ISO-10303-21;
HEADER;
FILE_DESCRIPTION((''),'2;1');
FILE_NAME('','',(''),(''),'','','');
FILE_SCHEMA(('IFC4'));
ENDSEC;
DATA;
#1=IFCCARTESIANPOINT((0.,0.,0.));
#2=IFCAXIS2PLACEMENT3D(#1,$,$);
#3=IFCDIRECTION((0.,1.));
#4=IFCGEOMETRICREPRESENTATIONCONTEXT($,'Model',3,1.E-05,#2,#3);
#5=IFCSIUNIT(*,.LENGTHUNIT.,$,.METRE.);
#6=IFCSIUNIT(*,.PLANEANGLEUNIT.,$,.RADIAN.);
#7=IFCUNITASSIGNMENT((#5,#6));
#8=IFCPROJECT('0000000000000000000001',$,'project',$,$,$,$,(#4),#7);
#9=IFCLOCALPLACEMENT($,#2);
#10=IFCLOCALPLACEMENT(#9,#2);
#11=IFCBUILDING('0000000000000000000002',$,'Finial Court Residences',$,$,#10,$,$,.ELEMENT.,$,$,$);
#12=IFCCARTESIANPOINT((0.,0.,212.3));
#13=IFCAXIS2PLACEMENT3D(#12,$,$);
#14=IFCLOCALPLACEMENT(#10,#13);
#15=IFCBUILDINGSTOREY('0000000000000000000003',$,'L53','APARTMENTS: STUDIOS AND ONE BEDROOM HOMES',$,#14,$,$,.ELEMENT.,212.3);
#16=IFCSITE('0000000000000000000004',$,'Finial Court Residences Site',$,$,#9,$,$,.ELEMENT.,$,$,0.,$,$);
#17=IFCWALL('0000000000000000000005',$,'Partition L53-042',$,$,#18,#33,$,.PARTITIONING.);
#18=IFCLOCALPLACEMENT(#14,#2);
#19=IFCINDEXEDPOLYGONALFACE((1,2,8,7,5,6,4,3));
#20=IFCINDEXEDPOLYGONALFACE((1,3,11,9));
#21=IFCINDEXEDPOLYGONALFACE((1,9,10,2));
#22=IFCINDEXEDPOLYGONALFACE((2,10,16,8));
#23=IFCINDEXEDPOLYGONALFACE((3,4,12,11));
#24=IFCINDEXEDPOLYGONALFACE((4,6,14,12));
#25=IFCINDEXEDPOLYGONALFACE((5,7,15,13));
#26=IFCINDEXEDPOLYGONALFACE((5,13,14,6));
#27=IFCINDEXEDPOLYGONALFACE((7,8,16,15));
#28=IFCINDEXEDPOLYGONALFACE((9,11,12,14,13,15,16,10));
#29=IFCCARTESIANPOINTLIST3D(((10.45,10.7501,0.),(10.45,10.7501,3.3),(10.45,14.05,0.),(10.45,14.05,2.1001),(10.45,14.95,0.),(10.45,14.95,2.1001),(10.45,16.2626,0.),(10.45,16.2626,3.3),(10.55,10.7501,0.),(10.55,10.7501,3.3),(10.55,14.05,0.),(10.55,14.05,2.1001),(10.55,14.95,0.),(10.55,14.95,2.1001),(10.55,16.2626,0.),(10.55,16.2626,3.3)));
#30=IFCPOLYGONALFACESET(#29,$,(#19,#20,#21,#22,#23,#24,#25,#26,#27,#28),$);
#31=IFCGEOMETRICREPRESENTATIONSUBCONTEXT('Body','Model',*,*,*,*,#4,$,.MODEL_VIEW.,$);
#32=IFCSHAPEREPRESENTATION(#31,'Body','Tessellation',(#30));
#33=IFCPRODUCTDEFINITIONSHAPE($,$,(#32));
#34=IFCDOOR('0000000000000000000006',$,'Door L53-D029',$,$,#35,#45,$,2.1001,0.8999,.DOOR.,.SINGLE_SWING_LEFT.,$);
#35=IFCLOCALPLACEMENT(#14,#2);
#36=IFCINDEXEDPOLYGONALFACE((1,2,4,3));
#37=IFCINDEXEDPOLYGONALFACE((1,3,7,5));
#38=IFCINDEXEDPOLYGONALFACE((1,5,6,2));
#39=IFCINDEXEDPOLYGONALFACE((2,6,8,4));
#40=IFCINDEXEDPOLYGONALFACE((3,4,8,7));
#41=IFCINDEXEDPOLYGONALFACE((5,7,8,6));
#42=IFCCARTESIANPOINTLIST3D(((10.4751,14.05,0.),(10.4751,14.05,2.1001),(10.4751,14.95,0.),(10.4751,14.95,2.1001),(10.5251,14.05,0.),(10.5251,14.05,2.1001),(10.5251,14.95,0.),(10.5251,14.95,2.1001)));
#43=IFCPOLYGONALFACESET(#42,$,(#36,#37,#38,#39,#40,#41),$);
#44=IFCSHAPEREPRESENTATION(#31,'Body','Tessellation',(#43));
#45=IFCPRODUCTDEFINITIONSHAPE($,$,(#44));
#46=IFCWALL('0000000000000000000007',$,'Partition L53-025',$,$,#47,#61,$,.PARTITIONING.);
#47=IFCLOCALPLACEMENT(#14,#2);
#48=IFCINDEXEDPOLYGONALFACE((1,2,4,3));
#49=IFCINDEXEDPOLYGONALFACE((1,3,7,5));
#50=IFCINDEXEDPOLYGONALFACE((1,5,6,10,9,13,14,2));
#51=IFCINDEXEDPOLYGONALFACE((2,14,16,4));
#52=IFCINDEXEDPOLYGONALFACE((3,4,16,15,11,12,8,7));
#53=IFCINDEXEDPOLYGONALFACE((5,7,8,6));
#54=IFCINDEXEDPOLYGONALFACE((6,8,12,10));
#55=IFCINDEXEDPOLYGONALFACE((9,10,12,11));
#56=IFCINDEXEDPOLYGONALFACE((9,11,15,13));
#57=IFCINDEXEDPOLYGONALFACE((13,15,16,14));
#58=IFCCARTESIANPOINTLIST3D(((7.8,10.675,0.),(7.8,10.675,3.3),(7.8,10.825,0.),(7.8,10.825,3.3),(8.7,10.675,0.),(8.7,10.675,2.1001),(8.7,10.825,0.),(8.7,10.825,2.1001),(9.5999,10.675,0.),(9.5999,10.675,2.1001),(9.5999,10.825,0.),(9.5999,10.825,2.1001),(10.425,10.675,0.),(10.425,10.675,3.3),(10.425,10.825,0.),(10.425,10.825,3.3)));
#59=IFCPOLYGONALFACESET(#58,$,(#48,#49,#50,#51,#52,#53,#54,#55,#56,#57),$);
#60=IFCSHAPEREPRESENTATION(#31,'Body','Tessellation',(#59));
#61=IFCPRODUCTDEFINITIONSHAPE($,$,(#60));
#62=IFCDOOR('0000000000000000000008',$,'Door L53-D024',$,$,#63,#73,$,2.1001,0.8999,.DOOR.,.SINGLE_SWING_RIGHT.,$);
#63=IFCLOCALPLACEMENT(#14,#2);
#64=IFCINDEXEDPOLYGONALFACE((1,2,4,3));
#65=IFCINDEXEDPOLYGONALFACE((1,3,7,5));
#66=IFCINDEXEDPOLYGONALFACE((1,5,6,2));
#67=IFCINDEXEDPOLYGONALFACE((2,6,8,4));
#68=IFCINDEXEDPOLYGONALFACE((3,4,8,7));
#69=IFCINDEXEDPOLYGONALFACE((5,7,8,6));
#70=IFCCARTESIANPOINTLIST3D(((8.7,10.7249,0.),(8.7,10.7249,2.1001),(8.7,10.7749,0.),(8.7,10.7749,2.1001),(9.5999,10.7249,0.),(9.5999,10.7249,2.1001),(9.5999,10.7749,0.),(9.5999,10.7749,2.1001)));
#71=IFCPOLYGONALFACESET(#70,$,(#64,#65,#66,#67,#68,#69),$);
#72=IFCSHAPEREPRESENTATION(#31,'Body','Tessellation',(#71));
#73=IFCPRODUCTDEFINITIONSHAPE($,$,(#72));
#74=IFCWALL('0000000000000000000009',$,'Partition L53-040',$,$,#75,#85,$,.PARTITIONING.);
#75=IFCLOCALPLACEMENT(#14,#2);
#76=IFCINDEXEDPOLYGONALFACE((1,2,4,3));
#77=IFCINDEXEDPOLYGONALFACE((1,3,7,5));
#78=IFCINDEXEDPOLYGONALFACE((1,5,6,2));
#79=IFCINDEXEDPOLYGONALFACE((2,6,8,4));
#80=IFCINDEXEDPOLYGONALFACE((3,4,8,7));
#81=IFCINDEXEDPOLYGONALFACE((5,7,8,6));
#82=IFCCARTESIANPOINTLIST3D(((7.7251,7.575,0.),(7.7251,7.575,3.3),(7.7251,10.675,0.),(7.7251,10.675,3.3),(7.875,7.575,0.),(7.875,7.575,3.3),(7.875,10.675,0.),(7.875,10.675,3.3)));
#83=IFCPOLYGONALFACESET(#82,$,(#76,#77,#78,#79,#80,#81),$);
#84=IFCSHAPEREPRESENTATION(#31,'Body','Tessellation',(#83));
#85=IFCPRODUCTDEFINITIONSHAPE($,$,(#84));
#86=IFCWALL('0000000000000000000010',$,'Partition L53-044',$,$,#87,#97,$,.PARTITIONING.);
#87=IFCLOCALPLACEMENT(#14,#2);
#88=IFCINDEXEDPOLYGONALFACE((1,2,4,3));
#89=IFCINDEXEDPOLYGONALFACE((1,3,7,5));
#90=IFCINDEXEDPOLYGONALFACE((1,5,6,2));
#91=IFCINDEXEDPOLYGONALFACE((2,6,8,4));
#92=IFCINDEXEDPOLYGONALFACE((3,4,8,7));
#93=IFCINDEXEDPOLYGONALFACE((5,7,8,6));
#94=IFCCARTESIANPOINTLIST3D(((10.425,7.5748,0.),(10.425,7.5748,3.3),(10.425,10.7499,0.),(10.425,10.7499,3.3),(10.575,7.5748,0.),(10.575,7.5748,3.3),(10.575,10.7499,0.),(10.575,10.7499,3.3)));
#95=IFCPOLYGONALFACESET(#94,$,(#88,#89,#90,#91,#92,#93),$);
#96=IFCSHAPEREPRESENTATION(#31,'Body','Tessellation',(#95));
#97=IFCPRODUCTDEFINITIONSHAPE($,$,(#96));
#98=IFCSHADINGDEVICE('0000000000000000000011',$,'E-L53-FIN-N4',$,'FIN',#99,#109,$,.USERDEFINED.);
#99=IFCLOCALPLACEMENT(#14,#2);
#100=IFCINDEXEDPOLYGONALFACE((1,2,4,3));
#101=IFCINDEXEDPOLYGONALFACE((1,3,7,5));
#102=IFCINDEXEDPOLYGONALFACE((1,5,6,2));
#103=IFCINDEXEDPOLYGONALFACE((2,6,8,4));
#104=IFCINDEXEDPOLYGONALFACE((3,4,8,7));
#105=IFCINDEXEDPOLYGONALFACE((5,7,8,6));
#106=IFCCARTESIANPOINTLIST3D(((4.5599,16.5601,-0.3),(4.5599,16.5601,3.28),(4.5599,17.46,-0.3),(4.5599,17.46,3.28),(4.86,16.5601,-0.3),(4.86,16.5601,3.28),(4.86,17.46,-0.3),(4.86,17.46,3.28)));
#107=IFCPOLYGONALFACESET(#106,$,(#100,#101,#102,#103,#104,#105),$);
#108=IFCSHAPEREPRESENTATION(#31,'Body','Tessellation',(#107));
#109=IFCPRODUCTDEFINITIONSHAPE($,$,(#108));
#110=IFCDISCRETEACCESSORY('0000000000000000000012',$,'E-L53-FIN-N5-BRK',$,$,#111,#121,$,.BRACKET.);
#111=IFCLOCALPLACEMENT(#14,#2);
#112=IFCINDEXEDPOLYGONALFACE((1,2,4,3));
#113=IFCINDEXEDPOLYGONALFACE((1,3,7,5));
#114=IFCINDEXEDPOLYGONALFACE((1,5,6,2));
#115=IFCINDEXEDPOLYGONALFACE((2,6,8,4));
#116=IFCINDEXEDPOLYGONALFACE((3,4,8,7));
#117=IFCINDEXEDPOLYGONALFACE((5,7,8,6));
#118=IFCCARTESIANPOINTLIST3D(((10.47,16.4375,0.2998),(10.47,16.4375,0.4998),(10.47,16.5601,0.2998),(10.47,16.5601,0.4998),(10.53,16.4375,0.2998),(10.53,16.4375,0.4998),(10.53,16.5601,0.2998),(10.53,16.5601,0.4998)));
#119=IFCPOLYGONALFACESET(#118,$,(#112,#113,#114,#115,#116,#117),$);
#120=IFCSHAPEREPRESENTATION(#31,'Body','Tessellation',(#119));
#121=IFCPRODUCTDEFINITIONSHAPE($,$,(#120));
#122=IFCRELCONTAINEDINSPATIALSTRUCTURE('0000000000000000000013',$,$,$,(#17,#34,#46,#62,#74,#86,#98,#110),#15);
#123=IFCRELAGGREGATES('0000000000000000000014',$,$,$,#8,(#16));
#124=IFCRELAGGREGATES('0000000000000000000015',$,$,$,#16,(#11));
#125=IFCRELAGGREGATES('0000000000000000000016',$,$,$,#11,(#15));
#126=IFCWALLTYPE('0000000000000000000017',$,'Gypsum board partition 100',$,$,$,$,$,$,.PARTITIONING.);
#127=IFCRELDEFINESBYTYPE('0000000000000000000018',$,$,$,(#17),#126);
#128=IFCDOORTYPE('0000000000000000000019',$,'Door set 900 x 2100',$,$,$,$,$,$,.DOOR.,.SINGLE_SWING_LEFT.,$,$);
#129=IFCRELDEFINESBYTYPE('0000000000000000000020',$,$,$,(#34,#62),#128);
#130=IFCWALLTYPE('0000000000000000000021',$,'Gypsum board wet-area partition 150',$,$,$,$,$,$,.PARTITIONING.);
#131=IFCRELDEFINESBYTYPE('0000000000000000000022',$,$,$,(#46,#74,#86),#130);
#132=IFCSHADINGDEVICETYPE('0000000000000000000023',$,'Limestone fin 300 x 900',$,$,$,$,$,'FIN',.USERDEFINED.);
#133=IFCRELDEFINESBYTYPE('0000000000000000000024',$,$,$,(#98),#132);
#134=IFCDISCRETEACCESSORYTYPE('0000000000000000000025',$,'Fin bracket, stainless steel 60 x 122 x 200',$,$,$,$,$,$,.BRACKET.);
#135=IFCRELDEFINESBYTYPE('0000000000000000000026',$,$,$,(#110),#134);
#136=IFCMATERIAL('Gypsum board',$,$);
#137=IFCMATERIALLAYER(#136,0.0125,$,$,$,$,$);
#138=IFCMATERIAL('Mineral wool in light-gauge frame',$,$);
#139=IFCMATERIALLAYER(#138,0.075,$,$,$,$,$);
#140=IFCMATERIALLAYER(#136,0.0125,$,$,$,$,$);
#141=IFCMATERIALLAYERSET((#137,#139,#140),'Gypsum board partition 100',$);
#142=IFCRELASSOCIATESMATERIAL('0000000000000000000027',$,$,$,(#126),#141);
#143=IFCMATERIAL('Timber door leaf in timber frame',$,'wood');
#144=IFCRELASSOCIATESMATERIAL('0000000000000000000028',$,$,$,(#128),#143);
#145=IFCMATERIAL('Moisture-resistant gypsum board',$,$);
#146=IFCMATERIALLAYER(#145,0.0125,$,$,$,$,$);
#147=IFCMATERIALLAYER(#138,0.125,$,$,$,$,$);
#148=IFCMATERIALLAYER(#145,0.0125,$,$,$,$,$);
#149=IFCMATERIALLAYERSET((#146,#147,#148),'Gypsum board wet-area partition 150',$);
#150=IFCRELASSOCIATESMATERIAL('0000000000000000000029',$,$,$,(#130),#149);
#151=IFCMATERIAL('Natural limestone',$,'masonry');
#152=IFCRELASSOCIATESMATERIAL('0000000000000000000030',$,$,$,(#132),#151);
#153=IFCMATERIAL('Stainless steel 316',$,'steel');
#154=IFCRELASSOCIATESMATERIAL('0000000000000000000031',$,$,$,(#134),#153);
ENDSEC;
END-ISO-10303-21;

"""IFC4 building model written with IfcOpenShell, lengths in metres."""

from ifc_helpers import new_model, si_unit, direction, frame, frame_2d, origin, origin_2d, place, context, subcontext, project, spatial, rectangle, extrude, material, layer, layer_set, type_object, element, fill, save


model = new_model("IFC4")

# Units and contexts
model_context = context("Model", 3, precision=1e-05, world=origin(), true_north=direction((0.0, 1.0)))
body_context = subcontext(model_context, "Body", "Model", "MODEL_VIEW")
ifc_project = project(units=[si_unit("LENGTHUNIT", "METRE"), si_unit("PLANEANGLEUNIT", "RADIAN")], contexts=[model_context])

# Site, building, storey
site_placement = place(None, origin())
site = spatial("IfcSite", under=ifc_project, at=site_placement, Name="Finial Court Residences Site", CompositionType="ELEMENT", RefElevation=0.0)
building_placement = place(site_placement, origin())
building = spatial("IfcBuilding", under=site, at=building_placement, Name="Finial Court Residences", CompositionType="ELEMENT")
storey_placement = place(building_placement, frame((0.0, 0.0, 212.3)))
storey = spatial("IfcBuildingStorey", under=building, at=storey_placement, Name="L53", Description="APARTMENTS: STUDIOS AND ONE BEDROOM HOMES", CompositionType="ELEMENT", Elevation=212.3)

# Walls, openings, doors
ifc_material_1 = material(Name="Gypsum board")
ifc_layer_1 = layer(ifc_material_1, 0.0125)
ifc_material_2 = material(Name="Mineral wool in light-gauge frame")
ifc_layer_2 = layer(ifc_material_2, 0.075)
ifc_layer_3 = layer(ifc_material_1, 0.0125)
ifc_layer_set_1 = layer_set([ifc_layer_1, ifc_layer_2, ifc_layer_3], Name="Gypsum board partition 100")
wall_type_1 = type_object("IfcWallType", Name="Gypsum board partition 100", PredefinedType="PARTITIONING", material=ifc_layer_set_1)
ifc_material_3 = material(Name="Timber door leaf in timber frame", Category="wood")
door_type = type_object("IfcDoorType", Name="Door set 900 x 2100", OperationType="SINGLE_SWING_LEFT", PredefinedType="DOOR", material=ifc_material_3)
wall_1_placement = place(storey_placement, frame((10.5, 10.75, 0.0), z_axis=(0.0, 0.0, 1.0), x_axis=(0.0, 1.0, 0.0)))
wall_1 = element("IfcWall", 1, at=wall_1_placement, inside=storey, type_object=wall_type_1, Name="Partition L53-042", PredefinedType="PARTITIONING", context=body_context, shape_type="SweptSolid", body=[
    extrude(rectangle(XDim=5.5125, YDim=0.1001, at=frame_2d((2.7563, 0.0))), origin(), (0.0, 0.0, 1.0), 3.3),
])
opening_1_placement = place(wall_1_placement, frame((3.3, 0.0, 0.0)))
opening_1 = element("IfcOpeningElement", 2, at=opening_1_placement, cuts=wall_1, PredefinedType="OPENING", context=body_context, shape_type="SweptSolid", body=[
    extrude(rectangle(XDim=0.8999, YDim=2.1001, at=frame_2d((0.45, 1.05))), frame((0.0, 0.0601, 0.0), z_axis=(0.0, -1.0, 0.0), x_axis=(1.0, 0.0, 0.0)), (0.0, 0.0, 1.0), 0.1201),
])
door_1_placement = place(opening_1_placement, origin())
door_1 = element("IfcDoor", 3, at=door_1_placement, inside=storey, type_object=door_type, Name="Door L53-D029", OperationType="SINGLE_SWING_LEFT", OverallHeight=2.1001, OverallWidth=0.8999, PredefinedType="DOOR", context=body_context, shape_type="SweptSolid", body=[
    extrude(rectangle(XDim=0.8999, YDim=2.1001, at=frame_2d((0.45, 1.05))), frame((0.0, 0.0249, 0.0), z_axis=(0.0, -1.0, 0.0), x_axis=(1.0, 0.0, 0.0)), (0.0, 0.0, 1.0), 0.05),
])
fill(opening_1, door_1)
ifc_material_4 = material(Name="Moisture-resistant gypsum board")
ifc_layer_4 = layer(ifc_material_4, 0.0125)
ifc_layer_5 = layer(ifc_material_2, 0.125)
ifc_layer_6 = layer(ifc_material_4, 0.0125)
ifc_layer_set_2 = layer_set([ifc_layer_4, ifc_layer_5, ifc_layer_6], Name="Gypsum board wet-area partition 150")
wall_type_2 = type_object("IfcWallType", Name="Gypsum board wet-area partition 150", PredefinedType="PARTITIONING", material=ifc_layer_set_2)
wall_2_placement = place(storey_placement, frame((7.8, 10.75, 0.0), z_axis=(0.0, 0.0, 1.0), x_axis=(1.0, 0.0, 0.0)))
wall_2 = element("IfcWall", 4, at=wall_2_placement, inside=storey, type_object=wall_type_2, Name="Partition L53-025", PredefinedType="PARTITIONING", context=body_context, shape_type="SweptSolid", body=[
    extrude(rectangle(XDim=2.625, YDim=0.1499, at=frame_2d((1.3125, 0.0))), origin(), (0.0, 0.0, 1.0), 3.3),
])
opening_2_placement = place(wall_2_placement, frame((0.8999, 0.0, 0.0)))
opening_2 = element("IfcOpeningElement", 5, at=opening_2_placement, cuts=wall_2, PredefinedType="OPENING", context=body_context, shape_type="SweptSolid", body=[
    extrude(rectangle(XDim=0.8999, YDim=2.1001, at=frame_2d((0.45, 1.05))), frame((0.0, 0.085, 0.0), z_axis=(0.0, -1.0, 0.0), x_axis=(1.0, 0.0, 0.0)), (0.0, 0.0, 1.0), 0.1699),
])
door_2_placement = place(opening_2_placement, origin())
door_2 = element("IfcDoor", 6, at=door_2_placement, inside=storey, type_object=door_type, Name="Door L53-D024", OperationType="SINGLE_SWING_RIGHT", OverallHeight=2.1001, OverallWidth=0.8999, PredefinedType="DOOR", context=body_context, shape_type="SweptSolid", body=[
    extrude(rectangle(XDim=0.8999, YDim=2.1001, at=frame_2d((0.45, 1.05))), frame((0.0, 0.0249, 0.0), z_axis=(0.0, -1.0, 0.0), x_axis=(1.0, 0.0, 0.0)), (0.0, 0.0, 1.0), 0.05),
])
fill(opening_2, door_2)

# Walls
wall_3_placement = place(storey_placement, frame((7.8, 7.575, 0.0), z_axis=(0.0, 0.0, 1.0), x_axis=(0.0, 1.0, 0.0)))
element("IfcWall", 7, at=wall_3_placement, inside=storey, type_object=wall_type_2, Name="Partition L53-040", PredefinedType="PARTITIONING", context=body_context, shape_type="SweptSolid", body=[
    extrude(rectangle(XDim=3.1001, YDim=0.1499, at=frame_2d((1.55, 0.0))), origin(), (0.0, 0.0, 1.0), 3.3),
])
wall_4_placement = place(storey_placement, frame((10.5, 7.575, 0.0), z_axis=(0.0, 0.0, 1.0), x_axis=(0.0, 1.0, 0.0)))
element("IfcWall", 8, at=wall_4_placement, inside=storey, type_object=wall_type_2, Name="Partition L53-044", PredefinedType="PARTITIONING", context=body_context, shape_type="SweptSolid", body=[
    extrude(rectangle(XDim=3.175, YDim=0.1499, at=frame_2d((1.5874, 0.0))), origin(), (0.0, 0.0, 1.0), 3.3),
])

# Shading device
ifc_material_5 = material(Name="Natural limestone", Category="masonry")
shading_device_type = type_object("IfcShadingDeviceType", Name="Limestone fin 300 x 900", ElementType="FIN", PredefinedType="USERDEFINED", material=ifc_material_5)
shading_device_placement = place(storey_placement, frame((4.71, 17.01, -0.3), z_axis=(0.0, 0.0, 1.0), x_axis=(1.0, 0.0, 0.0)))
element("IfcShadingDevice", 9, at=shading_device_placement, inside=storey, type_object=shading_device_type, Name="E-L53-FIN-N4", ObjectType="FIN", PredefinedType="USERDEFINED", context=body_context, shape_type="SweptSolid", body=[
    extrude(rectangle(XDim=0.3, YDim=0.8999, at=origin_2d()), origin(), (0.0, 0.0, 1.0), 3.5801),
])

# Discrete accessory
ifc_material_6 = material(Name="Stainless steel 316", Category="steel")
discrete_accessory_type = type_object("IfcDiscreteAccessoryType", Name="Fin bracket, stainless steel 60 x 122 x 200", PredefinedType="BRACKET", material=ifc_material_6)
discrete_accessory_placement = place(storey_placement, frame((10.5, 16.4988, 0.2998), z_axis=(0.0, 0.0, 1.0), x_axis=(1.0, 0.0, 0.0)))
element("IfcDiscreteAccessory", 10, at=discrete_accessory_placement, inside=storey, type_object=discrete_accessory_type, Name="E-L53-FIN-N5-BRK", PredefinedType="BRACKET", context=body_context, shape_type="SweptSolid", body=[
    extrude(rectangle(XDim=0.0601, YDim=0.1226, at=origin_2d()), origin(), (0.0, 0.0, 1.0), 0.2),
])

save(model, "model.ifc")
